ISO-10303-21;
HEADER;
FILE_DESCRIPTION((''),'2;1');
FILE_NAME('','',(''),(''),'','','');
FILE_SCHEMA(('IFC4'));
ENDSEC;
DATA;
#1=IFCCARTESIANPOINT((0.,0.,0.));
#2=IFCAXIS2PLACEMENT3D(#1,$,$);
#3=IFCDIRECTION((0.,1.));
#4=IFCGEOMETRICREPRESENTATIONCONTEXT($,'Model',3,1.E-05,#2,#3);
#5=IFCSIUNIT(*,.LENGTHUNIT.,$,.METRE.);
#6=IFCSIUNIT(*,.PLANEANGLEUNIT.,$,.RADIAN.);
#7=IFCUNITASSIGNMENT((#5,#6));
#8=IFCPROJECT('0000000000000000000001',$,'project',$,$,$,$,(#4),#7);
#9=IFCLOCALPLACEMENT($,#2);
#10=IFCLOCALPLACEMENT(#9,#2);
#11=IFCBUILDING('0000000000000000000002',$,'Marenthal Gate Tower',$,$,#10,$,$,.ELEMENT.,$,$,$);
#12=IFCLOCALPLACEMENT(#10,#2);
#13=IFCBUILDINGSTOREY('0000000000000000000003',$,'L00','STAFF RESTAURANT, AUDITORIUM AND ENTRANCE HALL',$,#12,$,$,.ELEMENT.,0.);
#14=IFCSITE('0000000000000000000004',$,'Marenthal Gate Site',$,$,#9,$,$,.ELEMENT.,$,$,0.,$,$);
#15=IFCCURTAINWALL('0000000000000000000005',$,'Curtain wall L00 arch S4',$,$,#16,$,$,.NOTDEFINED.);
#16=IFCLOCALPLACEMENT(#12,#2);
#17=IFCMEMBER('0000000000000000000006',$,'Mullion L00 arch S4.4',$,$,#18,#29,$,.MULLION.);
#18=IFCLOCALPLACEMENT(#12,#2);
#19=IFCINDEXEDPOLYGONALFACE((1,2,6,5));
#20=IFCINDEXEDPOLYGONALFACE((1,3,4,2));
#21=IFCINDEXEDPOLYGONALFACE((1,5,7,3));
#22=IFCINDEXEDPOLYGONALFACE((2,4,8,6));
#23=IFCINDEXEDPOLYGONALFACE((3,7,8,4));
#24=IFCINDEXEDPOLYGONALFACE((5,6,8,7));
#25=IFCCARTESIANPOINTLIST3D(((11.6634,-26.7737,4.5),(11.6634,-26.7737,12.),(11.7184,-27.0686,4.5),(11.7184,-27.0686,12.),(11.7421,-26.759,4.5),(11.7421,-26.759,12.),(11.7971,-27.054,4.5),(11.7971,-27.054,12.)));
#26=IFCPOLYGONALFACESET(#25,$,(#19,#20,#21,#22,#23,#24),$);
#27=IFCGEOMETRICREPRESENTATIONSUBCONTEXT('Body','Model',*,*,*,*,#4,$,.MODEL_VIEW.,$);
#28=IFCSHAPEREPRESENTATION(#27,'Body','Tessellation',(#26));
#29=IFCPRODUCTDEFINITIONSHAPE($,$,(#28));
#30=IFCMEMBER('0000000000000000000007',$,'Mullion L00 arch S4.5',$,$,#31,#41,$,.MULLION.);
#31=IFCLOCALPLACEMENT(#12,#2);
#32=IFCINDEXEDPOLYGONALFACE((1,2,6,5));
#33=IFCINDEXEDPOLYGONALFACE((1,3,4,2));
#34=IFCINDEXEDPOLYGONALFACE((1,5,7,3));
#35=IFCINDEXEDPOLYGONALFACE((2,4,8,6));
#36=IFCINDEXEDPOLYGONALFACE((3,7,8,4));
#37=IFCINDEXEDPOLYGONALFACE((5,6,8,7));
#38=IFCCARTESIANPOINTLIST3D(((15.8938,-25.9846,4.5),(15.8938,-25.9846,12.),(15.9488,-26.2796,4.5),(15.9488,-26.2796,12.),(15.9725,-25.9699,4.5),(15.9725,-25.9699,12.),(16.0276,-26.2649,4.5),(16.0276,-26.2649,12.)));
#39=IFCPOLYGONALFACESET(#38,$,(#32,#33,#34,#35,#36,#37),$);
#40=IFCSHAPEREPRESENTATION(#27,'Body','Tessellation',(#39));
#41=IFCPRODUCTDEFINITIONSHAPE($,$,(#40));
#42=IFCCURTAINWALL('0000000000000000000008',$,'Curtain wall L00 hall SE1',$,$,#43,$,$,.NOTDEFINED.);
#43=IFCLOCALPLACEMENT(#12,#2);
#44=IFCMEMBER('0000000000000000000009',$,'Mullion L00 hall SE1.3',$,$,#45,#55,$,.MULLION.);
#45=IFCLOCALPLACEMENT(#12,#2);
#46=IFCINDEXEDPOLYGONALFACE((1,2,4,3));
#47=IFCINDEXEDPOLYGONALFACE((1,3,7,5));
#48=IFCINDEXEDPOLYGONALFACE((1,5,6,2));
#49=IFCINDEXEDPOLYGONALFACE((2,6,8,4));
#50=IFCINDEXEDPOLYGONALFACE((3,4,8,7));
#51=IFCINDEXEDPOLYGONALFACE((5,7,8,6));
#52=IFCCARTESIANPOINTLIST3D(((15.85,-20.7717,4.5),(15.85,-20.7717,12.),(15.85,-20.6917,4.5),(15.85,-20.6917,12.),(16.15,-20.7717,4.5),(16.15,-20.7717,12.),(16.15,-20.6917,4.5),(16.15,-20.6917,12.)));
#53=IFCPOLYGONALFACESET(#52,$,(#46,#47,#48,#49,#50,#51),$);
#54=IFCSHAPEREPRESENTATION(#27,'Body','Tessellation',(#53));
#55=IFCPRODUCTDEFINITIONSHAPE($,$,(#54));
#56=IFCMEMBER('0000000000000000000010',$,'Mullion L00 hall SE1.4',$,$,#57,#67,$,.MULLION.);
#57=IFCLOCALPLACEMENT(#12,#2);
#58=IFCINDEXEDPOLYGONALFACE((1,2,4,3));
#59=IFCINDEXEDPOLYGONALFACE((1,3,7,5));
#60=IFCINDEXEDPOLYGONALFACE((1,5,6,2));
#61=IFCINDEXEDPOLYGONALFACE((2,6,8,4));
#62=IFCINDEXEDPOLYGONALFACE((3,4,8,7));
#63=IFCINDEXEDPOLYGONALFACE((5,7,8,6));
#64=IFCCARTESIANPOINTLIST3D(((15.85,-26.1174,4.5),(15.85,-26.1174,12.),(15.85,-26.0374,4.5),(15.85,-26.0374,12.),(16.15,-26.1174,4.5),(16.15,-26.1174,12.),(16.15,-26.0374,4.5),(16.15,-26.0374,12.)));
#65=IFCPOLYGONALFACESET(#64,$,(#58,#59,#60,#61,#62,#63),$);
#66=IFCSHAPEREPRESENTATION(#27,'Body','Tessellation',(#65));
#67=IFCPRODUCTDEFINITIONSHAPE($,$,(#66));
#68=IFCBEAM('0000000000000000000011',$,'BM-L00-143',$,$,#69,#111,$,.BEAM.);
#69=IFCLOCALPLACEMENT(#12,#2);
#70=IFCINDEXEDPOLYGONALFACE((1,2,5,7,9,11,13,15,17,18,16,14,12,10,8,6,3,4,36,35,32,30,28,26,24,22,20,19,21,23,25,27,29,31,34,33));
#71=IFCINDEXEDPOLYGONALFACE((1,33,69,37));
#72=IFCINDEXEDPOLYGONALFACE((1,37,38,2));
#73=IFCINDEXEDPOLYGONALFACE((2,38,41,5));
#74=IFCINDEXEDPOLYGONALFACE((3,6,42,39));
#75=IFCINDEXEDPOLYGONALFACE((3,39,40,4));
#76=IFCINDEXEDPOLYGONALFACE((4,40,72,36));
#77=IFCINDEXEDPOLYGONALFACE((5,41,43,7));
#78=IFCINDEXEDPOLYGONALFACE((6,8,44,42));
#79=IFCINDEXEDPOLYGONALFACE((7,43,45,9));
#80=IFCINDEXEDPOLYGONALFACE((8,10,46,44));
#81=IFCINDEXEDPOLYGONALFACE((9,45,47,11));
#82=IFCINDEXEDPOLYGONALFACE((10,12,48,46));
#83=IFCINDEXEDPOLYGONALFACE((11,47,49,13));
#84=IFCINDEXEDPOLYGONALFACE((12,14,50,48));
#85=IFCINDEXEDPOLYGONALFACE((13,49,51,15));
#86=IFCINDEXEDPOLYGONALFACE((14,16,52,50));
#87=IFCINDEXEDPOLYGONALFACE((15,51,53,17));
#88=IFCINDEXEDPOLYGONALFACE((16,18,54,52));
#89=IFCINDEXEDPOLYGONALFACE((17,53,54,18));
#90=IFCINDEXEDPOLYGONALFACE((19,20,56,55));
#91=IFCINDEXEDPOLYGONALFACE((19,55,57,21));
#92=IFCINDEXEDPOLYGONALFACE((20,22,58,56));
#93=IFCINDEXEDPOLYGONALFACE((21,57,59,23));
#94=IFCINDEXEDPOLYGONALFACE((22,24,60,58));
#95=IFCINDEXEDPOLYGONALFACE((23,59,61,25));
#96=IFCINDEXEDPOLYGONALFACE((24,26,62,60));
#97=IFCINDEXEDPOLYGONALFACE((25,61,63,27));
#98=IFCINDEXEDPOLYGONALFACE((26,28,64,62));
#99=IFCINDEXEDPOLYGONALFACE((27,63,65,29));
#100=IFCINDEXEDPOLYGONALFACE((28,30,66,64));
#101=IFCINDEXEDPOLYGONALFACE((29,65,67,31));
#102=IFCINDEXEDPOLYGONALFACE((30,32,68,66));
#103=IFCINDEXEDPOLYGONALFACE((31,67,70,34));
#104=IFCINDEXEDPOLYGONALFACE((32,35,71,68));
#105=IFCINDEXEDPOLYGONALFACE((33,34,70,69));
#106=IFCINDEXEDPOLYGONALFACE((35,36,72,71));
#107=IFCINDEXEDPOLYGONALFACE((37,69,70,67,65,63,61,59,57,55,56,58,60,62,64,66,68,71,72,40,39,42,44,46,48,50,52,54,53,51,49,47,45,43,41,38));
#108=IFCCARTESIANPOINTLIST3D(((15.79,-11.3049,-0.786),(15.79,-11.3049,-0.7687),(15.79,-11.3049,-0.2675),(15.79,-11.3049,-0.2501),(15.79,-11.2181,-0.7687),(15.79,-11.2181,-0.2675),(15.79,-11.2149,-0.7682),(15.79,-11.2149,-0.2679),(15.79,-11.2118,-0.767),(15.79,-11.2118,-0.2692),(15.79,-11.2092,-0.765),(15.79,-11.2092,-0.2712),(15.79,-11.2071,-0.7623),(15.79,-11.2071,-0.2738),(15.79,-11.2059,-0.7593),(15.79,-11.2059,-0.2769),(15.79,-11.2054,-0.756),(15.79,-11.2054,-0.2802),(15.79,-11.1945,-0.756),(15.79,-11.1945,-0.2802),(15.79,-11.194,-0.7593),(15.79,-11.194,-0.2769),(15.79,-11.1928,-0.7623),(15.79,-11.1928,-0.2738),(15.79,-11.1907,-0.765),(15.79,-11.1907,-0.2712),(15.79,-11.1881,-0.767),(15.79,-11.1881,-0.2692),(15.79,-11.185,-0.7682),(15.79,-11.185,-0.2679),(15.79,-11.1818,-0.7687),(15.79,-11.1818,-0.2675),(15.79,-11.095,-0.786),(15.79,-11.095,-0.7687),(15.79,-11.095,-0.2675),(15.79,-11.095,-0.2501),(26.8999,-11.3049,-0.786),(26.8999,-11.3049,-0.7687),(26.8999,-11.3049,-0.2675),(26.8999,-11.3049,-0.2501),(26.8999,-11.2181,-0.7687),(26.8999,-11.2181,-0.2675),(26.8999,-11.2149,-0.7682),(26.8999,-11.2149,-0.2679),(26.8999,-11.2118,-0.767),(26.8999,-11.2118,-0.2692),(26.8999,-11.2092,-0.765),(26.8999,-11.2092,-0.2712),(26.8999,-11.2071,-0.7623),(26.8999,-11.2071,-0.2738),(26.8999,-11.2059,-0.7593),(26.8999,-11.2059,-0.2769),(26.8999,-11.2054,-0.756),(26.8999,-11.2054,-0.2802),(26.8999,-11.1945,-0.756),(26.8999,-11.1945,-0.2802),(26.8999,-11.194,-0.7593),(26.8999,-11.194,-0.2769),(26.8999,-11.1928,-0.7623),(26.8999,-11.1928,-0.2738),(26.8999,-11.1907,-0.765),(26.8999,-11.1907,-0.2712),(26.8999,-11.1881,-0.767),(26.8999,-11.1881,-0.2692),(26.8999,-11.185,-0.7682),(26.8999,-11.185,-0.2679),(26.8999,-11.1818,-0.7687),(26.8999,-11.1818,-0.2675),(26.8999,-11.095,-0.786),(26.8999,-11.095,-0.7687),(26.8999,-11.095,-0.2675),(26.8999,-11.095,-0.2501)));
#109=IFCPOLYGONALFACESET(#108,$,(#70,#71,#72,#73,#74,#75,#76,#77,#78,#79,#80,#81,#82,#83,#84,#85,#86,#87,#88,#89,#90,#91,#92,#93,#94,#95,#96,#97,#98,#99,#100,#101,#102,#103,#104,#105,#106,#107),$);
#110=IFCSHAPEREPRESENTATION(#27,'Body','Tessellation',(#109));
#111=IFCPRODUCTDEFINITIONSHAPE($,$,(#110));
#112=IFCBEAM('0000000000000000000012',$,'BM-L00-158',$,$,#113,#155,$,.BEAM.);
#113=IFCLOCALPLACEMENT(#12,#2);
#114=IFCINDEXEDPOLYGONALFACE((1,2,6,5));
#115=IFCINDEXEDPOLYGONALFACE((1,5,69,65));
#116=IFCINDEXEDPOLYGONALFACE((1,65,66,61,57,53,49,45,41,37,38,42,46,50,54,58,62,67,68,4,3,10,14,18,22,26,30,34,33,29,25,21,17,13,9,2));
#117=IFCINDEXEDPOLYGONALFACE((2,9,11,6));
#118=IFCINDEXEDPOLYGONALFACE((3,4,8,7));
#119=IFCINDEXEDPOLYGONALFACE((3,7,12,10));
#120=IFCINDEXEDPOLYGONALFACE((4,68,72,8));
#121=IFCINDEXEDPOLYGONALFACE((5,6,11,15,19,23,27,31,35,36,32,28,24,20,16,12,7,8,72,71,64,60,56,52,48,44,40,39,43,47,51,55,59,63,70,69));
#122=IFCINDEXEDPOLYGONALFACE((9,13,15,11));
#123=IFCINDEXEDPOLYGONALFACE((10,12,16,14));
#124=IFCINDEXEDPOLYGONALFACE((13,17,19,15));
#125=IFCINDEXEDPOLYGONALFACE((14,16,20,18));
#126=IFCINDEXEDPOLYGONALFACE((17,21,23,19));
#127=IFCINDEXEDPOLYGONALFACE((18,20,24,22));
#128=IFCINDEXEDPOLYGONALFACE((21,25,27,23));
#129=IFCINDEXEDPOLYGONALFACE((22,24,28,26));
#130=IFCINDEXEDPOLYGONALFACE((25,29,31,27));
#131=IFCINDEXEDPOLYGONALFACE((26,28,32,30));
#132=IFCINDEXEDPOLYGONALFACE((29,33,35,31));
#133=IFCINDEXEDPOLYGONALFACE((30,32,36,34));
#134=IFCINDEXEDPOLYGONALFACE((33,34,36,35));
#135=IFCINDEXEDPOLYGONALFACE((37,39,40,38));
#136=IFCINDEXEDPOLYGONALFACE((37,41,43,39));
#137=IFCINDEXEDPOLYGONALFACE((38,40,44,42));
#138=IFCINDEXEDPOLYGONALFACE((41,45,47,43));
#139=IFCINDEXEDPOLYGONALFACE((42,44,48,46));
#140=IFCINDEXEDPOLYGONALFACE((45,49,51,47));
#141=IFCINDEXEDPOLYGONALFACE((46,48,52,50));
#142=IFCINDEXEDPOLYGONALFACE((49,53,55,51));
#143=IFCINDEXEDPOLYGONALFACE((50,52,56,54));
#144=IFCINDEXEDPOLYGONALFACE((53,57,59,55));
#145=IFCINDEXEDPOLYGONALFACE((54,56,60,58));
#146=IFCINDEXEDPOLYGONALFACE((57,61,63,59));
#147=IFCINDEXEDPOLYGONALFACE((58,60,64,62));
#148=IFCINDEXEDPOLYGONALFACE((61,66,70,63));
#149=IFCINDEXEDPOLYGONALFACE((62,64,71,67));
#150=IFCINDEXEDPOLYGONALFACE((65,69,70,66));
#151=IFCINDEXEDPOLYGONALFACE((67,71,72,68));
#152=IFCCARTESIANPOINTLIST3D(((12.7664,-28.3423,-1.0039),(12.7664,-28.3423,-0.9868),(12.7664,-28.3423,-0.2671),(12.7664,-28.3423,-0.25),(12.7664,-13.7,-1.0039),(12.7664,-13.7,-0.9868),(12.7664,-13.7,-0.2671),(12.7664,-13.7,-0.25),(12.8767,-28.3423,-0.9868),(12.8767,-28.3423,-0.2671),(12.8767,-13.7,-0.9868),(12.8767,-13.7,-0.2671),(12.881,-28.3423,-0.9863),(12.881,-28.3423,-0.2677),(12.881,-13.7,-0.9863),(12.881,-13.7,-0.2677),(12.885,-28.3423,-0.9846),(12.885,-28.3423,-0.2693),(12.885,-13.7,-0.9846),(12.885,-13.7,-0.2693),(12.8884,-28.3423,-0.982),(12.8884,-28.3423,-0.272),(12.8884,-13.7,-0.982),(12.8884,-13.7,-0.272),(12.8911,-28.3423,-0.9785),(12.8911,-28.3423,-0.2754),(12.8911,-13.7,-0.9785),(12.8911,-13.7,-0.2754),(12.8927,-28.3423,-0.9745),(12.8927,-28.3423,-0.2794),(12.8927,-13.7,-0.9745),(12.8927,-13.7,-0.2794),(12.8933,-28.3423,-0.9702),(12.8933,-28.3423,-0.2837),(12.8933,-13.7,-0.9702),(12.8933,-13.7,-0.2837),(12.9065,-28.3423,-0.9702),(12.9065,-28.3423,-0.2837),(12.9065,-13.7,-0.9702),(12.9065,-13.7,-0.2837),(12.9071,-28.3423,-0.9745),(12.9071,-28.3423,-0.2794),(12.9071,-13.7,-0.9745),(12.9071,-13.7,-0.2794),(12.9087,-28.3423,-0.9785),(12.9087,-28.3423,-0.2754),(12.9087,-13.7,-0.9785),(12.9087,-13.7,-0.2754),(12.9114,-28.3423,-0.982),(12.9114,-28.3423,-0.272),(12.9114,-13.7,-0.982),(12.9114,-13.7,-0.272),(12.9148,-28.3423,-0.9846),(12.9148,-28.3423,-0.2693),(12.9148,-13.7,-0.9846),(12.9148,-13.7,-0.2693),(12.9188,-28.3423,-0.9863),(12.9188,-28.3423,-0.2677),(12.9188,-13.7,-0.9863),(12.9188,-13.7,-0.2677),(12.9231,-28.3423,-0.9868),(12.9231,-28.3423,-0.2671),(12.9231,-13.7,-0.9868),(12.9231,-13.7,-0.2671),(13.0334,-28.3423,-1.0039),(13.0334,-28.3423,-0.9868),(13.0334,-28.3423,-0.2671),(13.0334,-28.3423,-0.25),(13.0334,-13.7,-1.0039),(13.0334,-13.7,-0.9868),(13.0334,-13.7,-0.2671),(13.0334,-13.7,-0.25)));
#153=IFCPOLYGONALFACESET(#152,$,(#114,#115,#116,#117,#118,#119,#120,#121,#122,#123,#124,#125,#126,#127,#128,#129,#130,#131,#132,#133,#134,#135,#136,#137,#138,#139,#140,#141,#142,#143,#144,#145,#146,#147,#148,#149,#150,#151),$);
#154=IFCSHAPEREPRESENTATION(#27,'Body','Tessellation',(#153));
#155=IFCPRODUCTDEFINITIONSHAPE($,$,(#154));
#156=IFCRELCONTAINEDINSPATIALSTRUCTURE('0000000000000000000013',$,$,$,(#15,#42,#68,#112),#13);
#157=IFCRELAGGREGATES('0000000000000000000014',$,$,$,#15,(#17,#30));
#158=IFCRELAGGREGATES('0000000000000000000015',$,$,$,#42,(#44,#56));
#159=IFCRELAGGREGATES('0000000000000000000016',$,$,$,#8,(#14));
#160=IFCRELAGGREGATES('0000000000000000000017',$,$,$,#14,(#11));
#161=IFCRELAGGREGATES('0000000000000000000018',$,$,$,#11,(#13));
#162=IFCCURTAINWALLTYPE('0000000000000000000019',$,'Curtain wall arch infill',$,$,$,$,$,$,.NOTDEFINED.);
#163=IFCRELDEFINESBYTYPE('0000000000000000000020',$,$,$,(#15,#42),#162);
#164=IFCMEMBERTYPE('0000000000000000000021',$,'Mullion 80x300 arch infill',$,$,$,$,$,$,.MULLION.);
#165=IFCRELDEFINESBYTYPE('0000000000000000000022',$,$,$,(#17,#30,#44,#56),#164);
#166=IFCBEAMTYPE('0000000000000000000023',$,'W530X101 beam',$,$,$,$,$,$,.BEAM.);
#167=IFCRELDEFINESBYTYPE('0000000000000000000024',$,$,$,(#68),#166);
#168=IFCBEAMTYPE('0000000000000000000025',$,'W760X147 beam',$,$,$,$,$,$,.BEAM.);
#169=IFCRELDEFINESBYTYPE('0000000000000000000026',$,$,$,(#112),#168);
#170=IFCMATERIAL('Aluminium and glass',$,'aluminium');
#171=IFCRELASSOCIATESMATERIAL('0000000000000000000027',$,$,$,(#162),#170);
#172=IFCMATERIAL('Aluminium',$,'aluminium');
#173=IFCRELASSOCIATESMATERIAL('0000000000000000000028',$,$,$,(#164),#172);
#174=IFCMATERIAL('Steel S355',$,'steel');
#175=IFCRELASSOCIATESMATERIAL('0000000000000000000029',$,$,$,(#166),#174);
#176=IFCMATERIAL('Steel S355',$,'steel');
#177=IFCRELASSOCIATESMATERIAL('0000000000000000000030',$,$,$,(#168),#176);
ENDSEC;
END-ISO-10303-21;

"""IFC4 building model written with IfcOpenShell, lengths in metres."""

from ifc_helpers import new_model, si_unit, direction, frame, origin, origin_2d, place, context, subcontext, project, spatial, rectangle, i_section, extrude, material, material_profile, profile_set, type_object, element, aggregate, save


model = new_model("IFC4")

# Units and contexts
model_context = context("Model", 3, precision=1e-05, world=origin(), true_north=direction((0.0, 1.0)))
body_context = subcontext(model_context, "Body", "Model", "MODEL_VIEW")
ifc_project = project(units=[si_unit("LENGTHUNIT", "METRE"), si_unit("PLANEANGLEUNIT", "RADIAN")], contexts=[model_context])

# Site, building, storey
site_placement = place(None, origin())
site = spatial("IfcSite", under=ifc_project, at=site_placement, Name="Marenthal Gate Site", CompositionType="ELEMENT", RefElevation=0.0)
building_placement = place(site_placement, origin())
building = spatial("IfcBuilding", under=site, at=building_placement, Name="Marenthal Gate Tower", CompositionType="ELEMENT")
storey_placement = place(building_placement, origin())
storey = spatial("IfcBuildingStorey", under=building, at=storey_placement, Name="L00", Description="STAFF RESTAURANT, AUDITORIUM AND ENTRANCE HALL", CompositionType="ELEMENT", Elevation=0.0)

# Curtain walls, members
ifc_material_1 = material(Name="Aluminium and glass", Category="aluminium")
curtain_wall_type = type_object("IfcCurtainWallType", Name="Curtain wall arch infill", PredefinedType="NOTDEFINED", material=ifc_material_1)
curtain_wall_1_placement = place(storey_placement, origin())
curtain_wall_1 = element("IfcCurtainWall", 1, at=curtain_wall_1_placement, inside=storey, type_object=curtain_wall_type, Name="Curtain wall L00 arch S4", PredefinedType="NOTDEFINED")
ifc_material_2 = material(Name="Aluminium", Category="aluminium")
ifc_material_profile_1 = material_profile(ifc_material_2, rectangle(XDim=0.3, YDim=0.0801, at=origin_2d()), Name="80x300 aluminium mullion")
ifc_profile_set_1 = profile_set([ifc_material_profile_1], Name="Aluminium")
member_type = type_object("IfcMemberType", Name="Mullion 80x300 arch infill", PredefinedType="MULLION", material=ifc_profile_set_1)
member_1_placement = place(storey_placement, frame((11.7302, -26.9138, 4.5), z_axis=(0.0, 0.0, 1.0), x_axis=(-0.183357, 0.983046, 0.0)))
member_1 = element("IfcMember", 2, at=member_1_placement, type_object=member_type, Name="Mullion L00 arch S4.4", PredefinedType="MULLION", context=body_context, shape_type="SweptSolid", body=[
    extrude(rectangle(XDim=0.3, YDim=0.0801, at=origin_2d()), origin(), (0.0, 0.0, 1.0), 7.5),
])
member_2_placement = place(storey_placement, frame((15.9607, -26.1248, 4.5), z_axis=(0.0, 0.0, 1.0), x_axis=(-0.183357, 0.983046, 0.0)))
member_2 = element("IfcMember", 3, at=member_2_placement, type_object=member_type, Name="Mullion L00 arch S4.5", PredefinedType="MULLION", context=body_context, shape_type="SweptSolid", body=[
    extrude(rectangle(XDim=0.3, YDim=0.0801, at=origin_2d()), origin(), (0.0, 0.0, 1.0), 7.5),
])
curtain_wall_2_placement = place(storey_placement, origin())
curtain_wall_2 = element("IfcCurtainWall", 4, at=curtain_wall_2_placement, inside=storey, type_object=curtain_wall_type, Name="Curtain wall L00 hall SE1", PredefinedType="NOTDEFINED")
member_3_placement = place(storey_placement, frame((16.0, -20.7317, 4.5), z_axis=(0.0, 0.0, 1.0), x_axis=(1.0, 0.0, 0.0)))
member_3 = element("IfcMember", 5, at=member_3_placement, type_object=member_type, Name="Mullion L00 hall SE1.3", PredefinedType="MULLION", context=body_context, shape_type="SweptSolid", body=[
    extrude(rectangle(XDim=0.3, YDim=0.0801, at=origin_2d()), origin(), (0.0, 0.0, 1.0), 7.5),
])
member_4_placement = place(storey_placement, frame((16.0, -26.0774, 4.5), z_axis=(0.0, 0.0, 1.0), x_axis=(1.0, 0.0, 0.0)))
member_4 = element("IfcMember", 6, at=member_4_placement, type_object=member_type, Name="Mullion L00 hall SE1.4", PredefinedType="MULLION", context=body_context, shape_type="SweptSolid", body=[
    extrude(rectangle(XDim=0.3, YDim=0.0801, at=origin_2d()), origin(), (0.0, 0.0, 1.0), 7.5),
])

# Beams
ifc_material_3 = material(Name="Steel S355", Category="steel")
ifc_material_profile_2 = material_profile(ifc_material_3, i_section(OverallWidth=0.21, OverallDepth=0.5359, WebThickness=0.011, FlangeThickness=0.0173, FilletRadius=0.0127, at=origin_2d()), Name="W530X101")
ifc_profile_set_2 = profile_set([ifc_material_profile_2], Name="Steel S355")
beam_type_1 = type_object("IfcBeamType", Name="W530X101 beam", PredefinedType="BEAM", material=ifc_profile_set_2)
beam_1_placement = place(storey_placement, frame((15.79, -11.2, -0.5181), z_axis=(1.0, 0.0, 0.0), x_axis=(0.0, 1.0, 0.0)))
element("IfcBeam", 7, at=beam_1_placement, inside=storey, type_object=beam_type_1, Name="BM-L00-143", PredefinedType="BEAM", context=body_context, shape_type="SweptSolid", body=[
    extrude(i_section(OverallWidth=0.21, OverallDepth=0.5359, WebThickness=0.011, FlangeThickness=0.0173, FilletRadius=0.0127, at=origin_2d()), origin(), (0.0, 0.0, 1.0), 11.1099),
])
ifc_material_4 = material(Name="Steel S355", Category="steel")
ifc_material_profile_3 = material_profile(ifc_material_4, i_section(OverallWidth=0.2671, OverallDepth=0.7539, WebThickness=0.0132, FlangeThickness=0.0171, FilletRadius=0.0166, at=origin_2d()), Name="W760X147")
ifc_profile_set_3 = profile_set([ifc_material_profile_3], Name="Steel S355")
beam_type_2 = type_object("IfcBeamType", Name="W760X147 beam", PredefinedType="BEAM", material=ifc_profile_set_3)
beam_2_placement = place(storey_placement, frame((12.8999, -13.7, -0.627), z_axis=(0.0, -1.0, 0.0), x_axis=(1.0, 0.0, 0.0)))
element("IfcBeam", 8, at=beam_2_placement, inside=storey, type_object=beam_type_2, Name="BM-L00-158", PredefinedType="BEAM", context=body_context, shape_type="SweptSolid", body=[
    extrude(i_section(OverallWidth=0.2671, OverallDepth=0.7539, WebThickness=0.0132, FlangeThickness=0.0171, FilletRadius=0.0166, at=origin_2d()), origin(), (0.0, 0.0, 1.0), 14.6423),
])

aggregate(curtain_wall_1, [member_1, member_2])
aggregate(curtain_wall_2, [member_3, member_4])

save(model, "model.ifc")
